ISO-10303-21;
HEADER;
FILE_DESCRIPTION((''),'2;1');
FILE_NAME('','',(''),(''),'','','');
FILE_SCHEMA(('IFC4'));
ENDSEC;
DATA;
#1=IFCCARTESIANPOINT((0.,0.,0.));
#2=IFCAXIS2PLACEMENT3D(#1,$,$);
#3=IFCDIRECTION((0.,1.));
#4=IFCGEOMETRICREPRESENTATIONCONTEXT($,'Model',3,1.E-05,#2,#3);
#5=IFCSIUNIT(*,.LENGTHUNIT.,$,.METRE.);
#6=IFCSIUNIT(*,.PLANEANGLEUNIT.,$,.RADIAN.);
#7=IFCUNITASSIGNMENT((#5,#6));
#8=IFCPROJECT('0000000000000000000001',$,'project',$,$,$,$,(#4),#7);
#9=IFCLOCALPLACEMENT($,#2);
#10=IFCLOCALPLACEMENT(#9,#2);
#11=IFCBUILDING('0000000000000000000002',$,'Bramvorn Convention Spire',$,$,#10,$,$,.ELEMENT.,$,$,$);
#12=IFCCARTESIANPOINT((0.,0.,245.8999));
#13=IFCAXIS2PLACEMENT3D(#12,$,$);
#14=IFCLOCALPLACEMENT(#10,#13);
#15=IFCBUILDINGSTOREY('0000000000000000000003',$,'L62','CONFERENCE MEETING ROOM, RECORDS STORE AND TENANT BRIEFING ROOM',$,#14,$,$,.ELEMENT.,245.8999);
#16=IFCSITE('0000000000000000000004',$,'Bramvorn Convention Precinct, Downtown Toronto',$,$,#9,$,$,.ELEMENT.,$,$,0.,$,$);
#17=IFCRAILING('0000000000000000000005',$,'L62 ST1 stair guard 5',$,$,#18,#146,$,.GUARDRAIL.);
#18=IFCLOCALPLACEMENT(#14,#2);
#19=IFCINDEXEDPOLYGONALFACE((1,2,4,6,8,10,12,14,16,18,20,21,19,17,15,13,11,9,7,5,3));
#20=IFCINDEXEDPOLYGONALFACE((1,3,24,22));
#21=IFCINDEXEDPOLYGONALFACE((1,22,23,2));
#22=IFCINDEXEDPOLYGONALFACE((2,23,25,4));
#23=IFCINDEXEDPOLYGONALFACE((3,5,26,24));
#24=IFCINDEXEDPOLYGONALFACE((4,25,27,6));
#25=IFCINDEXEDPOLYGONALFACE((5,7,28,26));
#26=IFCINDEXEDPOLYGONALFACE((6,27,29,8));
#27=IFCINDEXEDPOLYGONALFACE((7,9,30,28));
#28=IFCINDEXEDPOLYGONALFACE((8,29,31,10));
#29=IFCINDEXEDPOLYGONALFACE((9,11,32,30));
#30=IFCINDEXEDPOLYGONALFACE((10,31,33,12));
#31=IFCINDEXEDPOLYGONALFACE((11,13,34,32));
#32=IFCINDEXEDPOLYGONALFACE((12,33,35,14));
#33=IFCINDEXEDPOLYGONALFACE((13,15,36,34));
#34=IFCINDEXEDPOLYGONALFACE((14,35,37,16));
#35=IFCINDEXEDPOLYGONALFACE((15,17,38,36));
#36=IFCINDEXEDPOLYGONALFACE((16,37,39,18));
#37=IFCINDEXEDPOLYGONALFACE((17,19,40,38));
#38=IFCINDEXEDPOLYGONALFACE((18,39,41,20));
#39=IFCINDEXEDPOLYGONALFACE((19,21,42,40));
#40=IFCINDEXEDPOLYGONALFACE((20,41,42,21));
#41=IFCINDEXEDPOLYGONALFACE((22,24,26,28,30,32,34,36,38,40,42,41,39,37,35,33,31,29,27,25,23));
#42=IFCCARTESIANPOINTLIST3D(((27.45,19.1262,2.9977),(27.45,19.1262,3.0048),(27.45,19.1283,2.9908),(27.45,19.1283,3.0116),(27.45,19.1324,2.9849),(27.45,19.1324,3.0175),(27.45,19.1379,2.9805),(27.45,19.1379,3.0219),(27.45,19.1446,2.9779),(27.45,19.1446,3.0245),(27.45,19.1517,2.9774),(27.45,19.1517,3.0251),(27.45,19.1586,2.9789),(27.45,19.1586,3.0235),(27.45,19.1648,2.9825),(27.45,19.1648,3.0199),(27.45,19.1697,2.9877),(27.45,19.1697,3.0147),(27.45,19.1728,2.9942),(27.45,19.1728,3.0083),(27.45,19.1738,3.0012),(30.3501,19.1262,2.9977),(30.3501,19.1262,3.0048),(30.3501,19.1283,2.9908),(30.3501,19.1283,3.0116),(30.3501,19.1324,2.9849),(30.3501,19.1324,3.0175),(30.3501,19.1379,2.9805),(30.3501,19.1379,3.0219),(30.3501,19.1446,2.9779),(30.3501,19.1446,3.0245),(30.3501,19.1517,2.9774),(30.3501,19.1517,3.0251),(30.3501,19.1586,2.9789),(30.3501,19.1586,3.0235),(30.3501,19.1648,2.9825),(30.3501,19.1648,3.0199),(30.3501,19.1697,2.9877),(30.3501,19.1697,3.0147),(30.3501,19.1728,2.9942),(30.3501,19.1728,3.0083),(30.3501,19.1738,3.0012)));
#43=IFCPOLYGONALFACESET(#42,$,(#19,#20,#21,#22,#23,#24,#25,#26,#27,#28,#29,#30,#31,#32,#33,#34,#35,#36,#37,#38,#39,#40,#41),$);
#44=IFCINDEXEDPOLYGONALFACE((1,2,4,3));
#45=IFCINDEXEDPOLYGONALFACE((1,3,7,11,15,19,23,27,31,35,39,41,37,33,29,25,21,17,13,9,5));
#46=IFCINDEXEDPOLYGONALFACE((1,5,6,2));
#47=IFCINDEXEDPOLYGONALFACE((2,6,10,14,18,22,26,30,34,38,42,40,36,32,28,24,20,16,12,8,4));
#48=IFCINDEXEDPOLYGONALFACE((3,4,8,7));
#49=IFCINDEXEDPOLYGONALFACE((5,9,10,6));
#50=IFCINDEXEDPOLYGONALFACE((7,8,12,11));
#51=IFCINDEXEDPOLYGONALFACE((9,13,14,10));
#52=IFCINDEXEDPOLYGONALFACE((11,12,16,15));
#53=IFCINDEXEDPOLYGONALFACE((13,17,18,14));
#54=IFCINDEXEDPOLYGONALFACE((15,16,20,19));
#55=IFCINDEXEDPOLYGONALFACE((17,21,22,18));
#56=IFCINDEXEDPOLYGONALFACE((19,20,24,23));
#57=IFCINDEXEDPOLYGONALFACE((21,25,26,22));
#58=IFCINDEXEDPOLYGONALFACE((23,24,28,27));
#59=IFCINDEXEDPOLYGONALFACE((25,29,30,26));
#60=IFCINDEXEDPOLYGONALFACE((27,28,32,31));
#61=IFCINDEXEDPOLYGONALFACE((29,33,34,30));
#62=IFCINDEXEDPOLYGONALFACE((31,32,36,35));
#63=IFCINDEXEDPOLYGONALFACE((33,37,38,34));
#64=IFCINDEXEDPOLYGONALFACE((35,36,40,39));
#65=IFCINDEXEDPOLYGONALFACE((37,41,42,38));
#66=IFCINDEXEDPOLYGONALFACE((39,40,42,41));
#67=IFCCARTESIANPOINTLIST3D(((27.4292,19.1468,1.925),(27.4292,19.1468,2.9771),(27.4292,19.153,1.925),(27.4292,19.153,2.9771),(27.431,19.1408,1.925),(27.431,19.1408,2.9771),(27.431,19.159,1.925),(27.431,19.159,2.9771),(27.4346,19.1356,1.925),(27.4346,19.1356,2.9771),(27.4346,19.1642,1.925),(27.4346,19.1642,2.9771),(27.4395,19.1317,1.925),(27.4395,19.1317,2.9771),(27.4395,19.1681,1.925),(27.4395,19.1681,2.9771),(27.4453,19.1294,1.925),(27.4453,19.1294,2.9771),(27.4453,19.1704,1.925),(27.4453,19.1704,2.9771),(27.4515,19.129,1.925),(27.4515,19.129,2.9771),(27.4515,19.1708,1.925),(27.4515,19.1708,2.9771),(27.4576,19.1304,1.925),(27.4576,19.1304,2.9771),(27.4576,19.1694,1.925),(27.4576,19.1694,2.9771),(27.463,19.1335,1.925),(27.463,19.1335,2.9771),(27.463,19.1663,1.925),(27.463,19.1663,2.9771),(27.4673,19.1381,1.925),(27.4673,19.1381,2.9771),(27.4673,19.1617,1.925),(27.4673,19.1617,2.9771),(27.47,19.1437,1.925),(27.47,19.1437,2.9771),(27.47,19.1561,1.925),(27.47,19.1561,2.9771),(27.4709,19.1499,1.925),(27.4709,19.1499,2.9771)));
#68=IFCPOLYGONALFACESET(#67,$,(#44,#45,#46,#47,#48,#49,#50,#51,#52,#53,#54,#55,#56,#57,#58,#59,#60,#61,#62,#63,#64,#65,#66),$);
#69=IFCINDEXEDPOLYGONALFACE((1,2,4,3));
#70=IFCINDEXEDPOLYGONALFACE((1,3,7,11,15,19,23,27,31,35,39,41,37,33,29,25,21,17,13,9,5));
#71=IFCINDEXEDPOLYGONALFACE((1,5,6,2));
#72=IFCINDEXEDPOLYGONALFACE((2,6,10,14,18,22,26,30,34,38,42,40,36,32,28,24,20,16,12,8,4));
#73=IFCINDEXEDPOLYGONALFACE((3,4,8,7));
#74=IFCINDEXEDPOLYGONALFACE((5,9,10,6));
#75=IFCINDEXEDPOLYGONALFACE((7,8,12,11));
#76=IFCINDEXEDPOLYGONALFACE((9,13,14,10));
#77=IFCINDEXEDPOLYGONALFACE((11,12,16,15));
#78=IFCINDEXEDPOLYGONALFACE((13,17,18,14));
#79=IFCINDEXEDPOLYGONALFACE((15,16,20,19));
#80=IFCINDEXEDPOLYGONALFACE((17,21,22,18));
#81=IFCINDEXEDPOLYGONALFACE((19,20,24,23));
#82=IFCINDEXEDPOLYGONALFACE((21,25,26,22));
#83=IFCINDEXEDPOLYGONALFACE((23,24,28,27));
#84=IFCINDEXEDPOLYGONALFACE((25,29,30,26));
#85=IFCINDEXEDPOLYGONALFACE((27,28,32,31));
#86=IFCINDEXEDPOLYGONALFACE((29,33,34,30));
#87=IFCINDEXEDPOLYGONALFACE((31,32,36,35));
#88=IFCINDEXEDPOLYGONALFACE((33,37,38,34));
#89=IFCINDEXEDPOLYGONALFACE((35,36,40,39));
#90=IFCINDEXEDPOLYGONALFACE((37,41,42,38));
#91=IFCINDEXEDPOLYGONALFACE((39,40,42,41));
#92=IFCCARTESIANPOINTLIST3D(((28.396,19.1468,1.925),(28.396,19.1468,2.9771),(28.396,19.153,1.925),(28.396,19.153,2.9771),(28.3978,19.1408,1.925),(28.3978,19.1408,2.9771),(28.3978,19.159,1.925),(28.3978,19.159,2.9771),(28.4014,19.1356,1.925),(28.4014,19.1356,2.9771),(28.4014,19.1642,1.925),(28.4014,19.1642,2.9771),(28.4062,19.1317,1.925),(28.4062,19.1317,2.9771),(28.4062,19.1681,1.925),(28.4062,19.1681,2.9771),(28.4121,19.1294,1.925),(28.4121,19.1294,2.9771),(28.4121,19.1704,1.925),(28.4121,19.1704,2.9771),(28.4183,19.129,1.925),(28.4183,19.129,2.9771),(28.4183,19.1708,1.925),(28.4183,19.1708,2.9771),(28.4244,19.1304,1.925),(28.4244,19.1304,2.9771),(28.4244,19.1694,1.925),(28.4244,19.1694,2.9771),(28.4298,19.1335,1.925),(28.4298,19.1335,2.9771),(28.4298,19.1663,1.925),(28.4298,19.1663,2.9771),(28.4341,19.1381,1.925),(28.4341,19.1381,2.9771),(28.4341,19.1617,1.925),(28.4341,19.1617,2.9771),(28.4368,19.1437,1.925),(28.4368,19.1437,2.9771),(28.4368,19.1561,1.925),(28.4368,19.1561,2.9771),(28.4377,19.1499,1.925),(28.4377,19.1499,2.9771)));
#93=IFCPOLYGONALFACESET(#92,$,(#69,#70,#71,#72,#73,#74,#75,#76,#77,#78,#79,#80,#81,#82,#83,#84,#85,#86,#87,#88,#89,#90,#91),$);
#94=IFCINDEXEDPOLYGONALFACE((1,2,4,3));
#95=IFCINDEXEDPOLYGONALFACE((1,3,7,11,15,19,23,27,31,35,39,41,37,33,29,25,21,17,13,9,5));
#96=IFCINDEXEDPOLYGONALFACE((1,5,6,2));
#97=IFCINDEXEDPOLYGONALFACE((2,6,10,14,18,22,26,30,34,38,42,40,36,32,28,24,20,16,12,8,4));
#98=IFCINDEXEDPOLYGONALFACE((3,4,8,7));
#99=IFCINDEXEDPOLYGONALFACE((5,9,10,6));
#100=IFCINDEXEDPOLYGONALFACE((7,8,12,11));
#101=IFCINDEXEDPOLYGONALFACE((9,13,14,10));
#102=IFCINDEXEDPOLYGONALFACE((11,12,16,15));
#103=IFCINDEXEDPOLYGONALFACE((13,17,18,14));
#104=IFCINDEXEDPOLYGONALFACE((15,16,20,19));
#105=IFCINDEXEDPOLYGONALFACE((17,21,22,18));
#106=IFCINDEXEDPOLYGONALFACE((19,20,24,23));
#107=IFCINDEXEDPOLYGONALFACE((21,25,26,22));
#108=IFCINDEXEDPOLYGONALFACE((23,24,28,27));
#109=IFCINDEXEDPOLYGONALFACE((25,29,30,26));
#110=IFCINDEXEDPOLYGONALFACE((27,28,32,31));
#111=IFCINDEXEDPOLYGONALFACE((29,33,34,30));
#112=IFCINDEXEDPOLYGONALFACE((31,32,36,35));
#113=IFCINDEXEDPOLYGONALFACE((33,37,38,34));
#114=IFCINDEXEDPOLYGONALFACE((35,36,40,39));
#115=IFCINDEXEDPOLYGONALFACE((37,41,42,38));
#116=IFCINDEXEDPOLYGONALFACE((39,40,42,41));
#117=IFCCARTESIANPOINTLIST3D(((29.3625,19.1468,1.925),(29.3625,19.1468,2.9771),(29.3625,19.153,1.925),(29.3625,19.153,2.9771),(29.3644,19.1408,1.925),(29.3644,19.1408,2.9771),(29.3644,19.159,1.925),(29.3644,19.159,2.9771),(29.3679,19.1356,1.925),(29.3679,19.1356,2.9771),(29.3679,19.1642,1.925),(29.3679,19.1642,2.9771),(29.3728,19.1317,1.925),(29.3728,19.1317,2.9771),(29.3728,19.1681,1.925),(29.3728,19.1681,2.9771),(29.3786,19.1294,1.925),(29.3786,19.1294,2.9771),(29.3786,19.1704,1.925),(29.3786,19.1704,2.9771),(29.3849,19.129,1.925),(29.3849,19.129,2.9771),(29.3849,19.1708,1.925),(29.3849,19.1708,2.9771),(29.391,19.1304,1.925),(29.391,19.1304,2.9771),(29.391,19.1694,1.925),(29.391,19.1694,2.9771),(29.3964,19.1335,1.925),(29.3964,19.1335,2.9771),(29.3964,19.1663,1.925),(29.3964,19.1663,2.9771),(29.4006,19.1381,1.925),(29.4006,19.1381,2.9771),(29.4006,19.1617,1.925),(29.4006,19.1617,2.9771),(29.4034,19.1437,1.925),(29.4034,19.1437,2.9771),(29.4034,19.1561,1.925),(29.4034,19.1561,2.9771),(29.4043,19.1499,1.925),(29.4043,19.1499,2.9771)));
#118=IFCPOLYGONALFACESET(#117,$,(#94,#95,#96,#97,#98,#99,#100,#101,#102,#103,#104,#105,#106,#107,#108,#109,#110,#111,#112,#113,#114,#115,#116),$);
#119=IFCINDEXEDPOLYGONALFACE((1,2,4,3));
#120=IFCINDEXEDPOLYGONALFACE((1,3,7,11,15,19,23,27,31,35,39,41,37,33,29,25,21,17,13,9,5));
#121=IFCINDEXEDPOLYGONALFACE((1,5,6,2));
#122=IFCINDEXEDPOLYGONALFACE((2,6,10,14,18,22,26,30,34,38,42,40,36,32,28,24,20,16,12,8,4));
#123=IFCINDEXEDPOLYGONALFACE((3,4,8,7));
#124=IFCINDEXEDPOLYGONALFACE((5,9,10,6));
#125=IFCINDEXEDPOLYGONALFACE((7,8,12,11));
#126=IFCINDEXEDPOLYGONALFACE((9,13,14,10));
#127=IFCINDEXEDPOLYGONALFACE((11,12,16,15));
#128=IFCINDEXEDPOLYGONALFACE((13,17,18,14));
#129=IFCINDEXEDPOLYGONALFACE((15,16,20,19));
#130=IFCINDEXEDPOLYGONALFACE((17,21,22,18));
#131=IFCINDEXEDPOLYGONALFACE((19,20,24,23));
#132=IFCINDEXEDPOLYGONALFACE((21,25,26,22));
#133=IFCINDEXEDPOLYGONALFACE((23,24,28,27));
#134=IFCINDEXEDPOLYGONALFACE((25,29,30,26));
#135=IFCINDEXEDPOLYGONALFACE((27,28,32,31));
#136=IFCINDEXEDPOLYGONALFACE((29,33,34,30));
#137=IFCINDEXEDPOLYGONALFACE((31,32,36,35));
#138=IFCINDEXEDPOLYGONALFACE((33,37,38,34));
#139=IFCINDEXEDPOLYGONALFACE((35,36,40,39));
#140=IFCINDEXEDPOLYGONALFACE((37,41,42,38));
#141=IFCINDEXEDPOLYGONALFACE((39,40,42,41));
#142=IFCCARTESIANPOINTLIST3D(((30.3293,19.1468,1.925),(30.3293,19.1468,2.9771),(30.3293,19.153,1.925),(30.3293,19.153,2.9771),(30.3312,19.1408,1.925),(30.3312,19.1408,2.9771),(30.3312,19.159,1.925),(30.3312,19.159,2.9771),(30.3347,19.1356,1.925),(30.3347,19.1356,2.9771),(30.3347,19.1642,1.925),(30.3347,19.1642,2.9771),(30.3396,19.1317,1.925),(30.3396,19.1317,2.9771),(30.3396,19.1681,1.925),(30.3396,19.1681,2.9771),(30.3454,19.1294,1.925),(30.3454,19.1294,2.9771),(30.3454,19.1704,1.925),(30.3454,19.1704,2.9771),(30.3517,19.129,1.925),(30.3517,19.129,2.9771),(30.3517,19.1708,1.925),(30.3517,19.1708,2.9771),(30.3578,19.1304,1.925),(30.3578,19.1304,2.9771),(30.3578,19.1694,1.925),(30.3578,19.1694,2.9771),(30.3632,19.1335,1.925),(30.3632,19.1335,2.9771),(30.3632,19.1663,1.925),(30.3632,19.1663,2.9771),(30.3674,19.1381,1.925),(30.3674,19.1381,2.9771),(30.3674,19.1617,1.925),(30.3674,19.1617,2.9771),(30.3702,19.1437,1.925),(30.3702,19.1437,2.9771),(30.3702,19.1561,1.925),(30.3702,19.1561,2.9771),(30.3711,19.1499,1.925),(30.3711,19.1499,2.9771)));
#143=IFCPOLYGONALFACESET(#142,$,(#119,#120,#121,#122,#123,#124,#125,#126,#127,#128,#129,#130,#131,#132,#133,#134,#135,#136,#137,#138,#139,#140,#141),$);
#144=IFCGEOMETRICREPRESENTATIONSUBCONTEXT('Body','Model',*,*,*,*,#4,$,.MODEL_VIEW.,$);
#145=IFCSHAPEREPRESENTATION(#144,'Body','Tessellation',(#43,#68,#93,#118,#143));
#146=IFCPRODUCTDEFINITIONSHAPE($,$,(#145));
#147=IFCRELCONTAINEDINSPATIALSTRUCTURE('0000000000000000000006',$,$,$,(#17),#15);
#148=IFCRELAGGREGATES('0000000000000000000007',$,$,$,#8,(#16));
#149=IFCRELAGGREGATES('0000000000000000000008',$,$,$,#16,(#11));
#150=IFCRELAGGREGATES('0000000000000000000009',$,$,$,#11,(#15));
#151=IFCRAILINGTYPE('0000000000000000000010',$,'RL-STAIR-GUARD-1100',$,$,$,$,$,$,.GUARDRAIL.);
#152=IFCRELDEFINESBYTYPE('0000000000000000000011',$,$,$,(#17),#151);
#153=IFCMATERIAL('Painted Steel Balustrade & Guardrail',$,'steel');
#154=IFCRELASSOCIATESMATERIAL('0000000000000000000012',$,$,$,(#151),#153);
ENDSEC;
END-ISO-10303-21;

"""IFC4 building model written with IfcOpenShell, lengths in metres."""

from ifc_helpers import new_model, si_unit, direction, frame, origin, origin_2d, place, context, subcontext, project, spatial, circle, extrude, material, type_object, element, save


model = new_model("IFC4")

# Units and contexts
model_context = context("Model", 3, precision=1e-05, world=origin(), true_north=direction((0.0, 1.0)))
body_context = subcontext(model_context, "Body", "Model", "MODEL_VIEW")
ifc_project = project(units=[si_unit("LENGTHUNIT", "METRE"), si_unit("PLANEANGLEUNIT", "RADIAN")], contexts=[model_context])

# Site, building, storey
site_placement = place(None, origin())
site = spatial("IfcSite", under=ifc_project, at=site_placement, Name="Bramvorn Convention Precinct, Downtown Toronto", CompositionType="ELEMENT", RefElevation=0.0)
building_placement = place(site_placement, origin())
building = spatial("IfcBuilding", under=site, at=building_placement, Name="Bramvorn Convention Spire", CompositionType="ELEMENT")
storey_placement = place(building_placement, frame((0.0, 0.0, 245.8999)))
storey = spatial("IfcBuildingStorey", under=building, at=storey_placement, Name="L62", Description="CONFERENCE MEETING ROOM, RECORDS STORE AND TENANT BRIEFING ROOM", CompositionType="ELEMENT", Elevation=245.8999)

# Railing
ifc_material_1 = material(Name="Painted Steel Balustrade & Guardrail", Category="steel")
railing_type_1 = type_object("IfcRailingType", Name="RL-STAIR-GUARD-1100", PredefinedType="GUARDRAIL", material=ifc_material_1)
railing_1_placement = place(storey_placement, frame((27.45, 19.1499, 1.925)))
element("IfcRailing", 1, at=railing_1_placement, inside=storey, type_object=railing_type_1, Name="L62 ST1 stair guard 5", PredefinedType="GUARDRAIL", context=body_context, shape_type="SweptSolid", body=[
    extrude(circle(Radius=0.0239, at=origin_2d()), frame((0.0, 0.0, 1.0762), z_axis=(1.0, 0.0, 0.0), x_axis=(0.0, 1.0, 0.0)), (0.0, 0.0, 1.0), 2.9001),
    extrude(circle(Radius=0.021, at=origin_2d()), origin(), (0.0, 0.0, 1.0), 1.052),
    extrude(circle(Radius=0.021, at=origin_2d()), frame((0.9668, 0.0, 0.0)), (0.0, 0.0, 1.0), 1.052),
    extrude(circle(Radius=0.021, at=origin_2d()), frame((1.9333, 0.0, 0.0)), (0.0, 0.0, 1.0), 1.052),
    extrude(circle(Radius=0.021, at=origin_2d()), frame((2.9001, 0.0, 0.0)), (0.0, 0.0, 1.0), 1.052),
])

save(model, "model.ifc")
